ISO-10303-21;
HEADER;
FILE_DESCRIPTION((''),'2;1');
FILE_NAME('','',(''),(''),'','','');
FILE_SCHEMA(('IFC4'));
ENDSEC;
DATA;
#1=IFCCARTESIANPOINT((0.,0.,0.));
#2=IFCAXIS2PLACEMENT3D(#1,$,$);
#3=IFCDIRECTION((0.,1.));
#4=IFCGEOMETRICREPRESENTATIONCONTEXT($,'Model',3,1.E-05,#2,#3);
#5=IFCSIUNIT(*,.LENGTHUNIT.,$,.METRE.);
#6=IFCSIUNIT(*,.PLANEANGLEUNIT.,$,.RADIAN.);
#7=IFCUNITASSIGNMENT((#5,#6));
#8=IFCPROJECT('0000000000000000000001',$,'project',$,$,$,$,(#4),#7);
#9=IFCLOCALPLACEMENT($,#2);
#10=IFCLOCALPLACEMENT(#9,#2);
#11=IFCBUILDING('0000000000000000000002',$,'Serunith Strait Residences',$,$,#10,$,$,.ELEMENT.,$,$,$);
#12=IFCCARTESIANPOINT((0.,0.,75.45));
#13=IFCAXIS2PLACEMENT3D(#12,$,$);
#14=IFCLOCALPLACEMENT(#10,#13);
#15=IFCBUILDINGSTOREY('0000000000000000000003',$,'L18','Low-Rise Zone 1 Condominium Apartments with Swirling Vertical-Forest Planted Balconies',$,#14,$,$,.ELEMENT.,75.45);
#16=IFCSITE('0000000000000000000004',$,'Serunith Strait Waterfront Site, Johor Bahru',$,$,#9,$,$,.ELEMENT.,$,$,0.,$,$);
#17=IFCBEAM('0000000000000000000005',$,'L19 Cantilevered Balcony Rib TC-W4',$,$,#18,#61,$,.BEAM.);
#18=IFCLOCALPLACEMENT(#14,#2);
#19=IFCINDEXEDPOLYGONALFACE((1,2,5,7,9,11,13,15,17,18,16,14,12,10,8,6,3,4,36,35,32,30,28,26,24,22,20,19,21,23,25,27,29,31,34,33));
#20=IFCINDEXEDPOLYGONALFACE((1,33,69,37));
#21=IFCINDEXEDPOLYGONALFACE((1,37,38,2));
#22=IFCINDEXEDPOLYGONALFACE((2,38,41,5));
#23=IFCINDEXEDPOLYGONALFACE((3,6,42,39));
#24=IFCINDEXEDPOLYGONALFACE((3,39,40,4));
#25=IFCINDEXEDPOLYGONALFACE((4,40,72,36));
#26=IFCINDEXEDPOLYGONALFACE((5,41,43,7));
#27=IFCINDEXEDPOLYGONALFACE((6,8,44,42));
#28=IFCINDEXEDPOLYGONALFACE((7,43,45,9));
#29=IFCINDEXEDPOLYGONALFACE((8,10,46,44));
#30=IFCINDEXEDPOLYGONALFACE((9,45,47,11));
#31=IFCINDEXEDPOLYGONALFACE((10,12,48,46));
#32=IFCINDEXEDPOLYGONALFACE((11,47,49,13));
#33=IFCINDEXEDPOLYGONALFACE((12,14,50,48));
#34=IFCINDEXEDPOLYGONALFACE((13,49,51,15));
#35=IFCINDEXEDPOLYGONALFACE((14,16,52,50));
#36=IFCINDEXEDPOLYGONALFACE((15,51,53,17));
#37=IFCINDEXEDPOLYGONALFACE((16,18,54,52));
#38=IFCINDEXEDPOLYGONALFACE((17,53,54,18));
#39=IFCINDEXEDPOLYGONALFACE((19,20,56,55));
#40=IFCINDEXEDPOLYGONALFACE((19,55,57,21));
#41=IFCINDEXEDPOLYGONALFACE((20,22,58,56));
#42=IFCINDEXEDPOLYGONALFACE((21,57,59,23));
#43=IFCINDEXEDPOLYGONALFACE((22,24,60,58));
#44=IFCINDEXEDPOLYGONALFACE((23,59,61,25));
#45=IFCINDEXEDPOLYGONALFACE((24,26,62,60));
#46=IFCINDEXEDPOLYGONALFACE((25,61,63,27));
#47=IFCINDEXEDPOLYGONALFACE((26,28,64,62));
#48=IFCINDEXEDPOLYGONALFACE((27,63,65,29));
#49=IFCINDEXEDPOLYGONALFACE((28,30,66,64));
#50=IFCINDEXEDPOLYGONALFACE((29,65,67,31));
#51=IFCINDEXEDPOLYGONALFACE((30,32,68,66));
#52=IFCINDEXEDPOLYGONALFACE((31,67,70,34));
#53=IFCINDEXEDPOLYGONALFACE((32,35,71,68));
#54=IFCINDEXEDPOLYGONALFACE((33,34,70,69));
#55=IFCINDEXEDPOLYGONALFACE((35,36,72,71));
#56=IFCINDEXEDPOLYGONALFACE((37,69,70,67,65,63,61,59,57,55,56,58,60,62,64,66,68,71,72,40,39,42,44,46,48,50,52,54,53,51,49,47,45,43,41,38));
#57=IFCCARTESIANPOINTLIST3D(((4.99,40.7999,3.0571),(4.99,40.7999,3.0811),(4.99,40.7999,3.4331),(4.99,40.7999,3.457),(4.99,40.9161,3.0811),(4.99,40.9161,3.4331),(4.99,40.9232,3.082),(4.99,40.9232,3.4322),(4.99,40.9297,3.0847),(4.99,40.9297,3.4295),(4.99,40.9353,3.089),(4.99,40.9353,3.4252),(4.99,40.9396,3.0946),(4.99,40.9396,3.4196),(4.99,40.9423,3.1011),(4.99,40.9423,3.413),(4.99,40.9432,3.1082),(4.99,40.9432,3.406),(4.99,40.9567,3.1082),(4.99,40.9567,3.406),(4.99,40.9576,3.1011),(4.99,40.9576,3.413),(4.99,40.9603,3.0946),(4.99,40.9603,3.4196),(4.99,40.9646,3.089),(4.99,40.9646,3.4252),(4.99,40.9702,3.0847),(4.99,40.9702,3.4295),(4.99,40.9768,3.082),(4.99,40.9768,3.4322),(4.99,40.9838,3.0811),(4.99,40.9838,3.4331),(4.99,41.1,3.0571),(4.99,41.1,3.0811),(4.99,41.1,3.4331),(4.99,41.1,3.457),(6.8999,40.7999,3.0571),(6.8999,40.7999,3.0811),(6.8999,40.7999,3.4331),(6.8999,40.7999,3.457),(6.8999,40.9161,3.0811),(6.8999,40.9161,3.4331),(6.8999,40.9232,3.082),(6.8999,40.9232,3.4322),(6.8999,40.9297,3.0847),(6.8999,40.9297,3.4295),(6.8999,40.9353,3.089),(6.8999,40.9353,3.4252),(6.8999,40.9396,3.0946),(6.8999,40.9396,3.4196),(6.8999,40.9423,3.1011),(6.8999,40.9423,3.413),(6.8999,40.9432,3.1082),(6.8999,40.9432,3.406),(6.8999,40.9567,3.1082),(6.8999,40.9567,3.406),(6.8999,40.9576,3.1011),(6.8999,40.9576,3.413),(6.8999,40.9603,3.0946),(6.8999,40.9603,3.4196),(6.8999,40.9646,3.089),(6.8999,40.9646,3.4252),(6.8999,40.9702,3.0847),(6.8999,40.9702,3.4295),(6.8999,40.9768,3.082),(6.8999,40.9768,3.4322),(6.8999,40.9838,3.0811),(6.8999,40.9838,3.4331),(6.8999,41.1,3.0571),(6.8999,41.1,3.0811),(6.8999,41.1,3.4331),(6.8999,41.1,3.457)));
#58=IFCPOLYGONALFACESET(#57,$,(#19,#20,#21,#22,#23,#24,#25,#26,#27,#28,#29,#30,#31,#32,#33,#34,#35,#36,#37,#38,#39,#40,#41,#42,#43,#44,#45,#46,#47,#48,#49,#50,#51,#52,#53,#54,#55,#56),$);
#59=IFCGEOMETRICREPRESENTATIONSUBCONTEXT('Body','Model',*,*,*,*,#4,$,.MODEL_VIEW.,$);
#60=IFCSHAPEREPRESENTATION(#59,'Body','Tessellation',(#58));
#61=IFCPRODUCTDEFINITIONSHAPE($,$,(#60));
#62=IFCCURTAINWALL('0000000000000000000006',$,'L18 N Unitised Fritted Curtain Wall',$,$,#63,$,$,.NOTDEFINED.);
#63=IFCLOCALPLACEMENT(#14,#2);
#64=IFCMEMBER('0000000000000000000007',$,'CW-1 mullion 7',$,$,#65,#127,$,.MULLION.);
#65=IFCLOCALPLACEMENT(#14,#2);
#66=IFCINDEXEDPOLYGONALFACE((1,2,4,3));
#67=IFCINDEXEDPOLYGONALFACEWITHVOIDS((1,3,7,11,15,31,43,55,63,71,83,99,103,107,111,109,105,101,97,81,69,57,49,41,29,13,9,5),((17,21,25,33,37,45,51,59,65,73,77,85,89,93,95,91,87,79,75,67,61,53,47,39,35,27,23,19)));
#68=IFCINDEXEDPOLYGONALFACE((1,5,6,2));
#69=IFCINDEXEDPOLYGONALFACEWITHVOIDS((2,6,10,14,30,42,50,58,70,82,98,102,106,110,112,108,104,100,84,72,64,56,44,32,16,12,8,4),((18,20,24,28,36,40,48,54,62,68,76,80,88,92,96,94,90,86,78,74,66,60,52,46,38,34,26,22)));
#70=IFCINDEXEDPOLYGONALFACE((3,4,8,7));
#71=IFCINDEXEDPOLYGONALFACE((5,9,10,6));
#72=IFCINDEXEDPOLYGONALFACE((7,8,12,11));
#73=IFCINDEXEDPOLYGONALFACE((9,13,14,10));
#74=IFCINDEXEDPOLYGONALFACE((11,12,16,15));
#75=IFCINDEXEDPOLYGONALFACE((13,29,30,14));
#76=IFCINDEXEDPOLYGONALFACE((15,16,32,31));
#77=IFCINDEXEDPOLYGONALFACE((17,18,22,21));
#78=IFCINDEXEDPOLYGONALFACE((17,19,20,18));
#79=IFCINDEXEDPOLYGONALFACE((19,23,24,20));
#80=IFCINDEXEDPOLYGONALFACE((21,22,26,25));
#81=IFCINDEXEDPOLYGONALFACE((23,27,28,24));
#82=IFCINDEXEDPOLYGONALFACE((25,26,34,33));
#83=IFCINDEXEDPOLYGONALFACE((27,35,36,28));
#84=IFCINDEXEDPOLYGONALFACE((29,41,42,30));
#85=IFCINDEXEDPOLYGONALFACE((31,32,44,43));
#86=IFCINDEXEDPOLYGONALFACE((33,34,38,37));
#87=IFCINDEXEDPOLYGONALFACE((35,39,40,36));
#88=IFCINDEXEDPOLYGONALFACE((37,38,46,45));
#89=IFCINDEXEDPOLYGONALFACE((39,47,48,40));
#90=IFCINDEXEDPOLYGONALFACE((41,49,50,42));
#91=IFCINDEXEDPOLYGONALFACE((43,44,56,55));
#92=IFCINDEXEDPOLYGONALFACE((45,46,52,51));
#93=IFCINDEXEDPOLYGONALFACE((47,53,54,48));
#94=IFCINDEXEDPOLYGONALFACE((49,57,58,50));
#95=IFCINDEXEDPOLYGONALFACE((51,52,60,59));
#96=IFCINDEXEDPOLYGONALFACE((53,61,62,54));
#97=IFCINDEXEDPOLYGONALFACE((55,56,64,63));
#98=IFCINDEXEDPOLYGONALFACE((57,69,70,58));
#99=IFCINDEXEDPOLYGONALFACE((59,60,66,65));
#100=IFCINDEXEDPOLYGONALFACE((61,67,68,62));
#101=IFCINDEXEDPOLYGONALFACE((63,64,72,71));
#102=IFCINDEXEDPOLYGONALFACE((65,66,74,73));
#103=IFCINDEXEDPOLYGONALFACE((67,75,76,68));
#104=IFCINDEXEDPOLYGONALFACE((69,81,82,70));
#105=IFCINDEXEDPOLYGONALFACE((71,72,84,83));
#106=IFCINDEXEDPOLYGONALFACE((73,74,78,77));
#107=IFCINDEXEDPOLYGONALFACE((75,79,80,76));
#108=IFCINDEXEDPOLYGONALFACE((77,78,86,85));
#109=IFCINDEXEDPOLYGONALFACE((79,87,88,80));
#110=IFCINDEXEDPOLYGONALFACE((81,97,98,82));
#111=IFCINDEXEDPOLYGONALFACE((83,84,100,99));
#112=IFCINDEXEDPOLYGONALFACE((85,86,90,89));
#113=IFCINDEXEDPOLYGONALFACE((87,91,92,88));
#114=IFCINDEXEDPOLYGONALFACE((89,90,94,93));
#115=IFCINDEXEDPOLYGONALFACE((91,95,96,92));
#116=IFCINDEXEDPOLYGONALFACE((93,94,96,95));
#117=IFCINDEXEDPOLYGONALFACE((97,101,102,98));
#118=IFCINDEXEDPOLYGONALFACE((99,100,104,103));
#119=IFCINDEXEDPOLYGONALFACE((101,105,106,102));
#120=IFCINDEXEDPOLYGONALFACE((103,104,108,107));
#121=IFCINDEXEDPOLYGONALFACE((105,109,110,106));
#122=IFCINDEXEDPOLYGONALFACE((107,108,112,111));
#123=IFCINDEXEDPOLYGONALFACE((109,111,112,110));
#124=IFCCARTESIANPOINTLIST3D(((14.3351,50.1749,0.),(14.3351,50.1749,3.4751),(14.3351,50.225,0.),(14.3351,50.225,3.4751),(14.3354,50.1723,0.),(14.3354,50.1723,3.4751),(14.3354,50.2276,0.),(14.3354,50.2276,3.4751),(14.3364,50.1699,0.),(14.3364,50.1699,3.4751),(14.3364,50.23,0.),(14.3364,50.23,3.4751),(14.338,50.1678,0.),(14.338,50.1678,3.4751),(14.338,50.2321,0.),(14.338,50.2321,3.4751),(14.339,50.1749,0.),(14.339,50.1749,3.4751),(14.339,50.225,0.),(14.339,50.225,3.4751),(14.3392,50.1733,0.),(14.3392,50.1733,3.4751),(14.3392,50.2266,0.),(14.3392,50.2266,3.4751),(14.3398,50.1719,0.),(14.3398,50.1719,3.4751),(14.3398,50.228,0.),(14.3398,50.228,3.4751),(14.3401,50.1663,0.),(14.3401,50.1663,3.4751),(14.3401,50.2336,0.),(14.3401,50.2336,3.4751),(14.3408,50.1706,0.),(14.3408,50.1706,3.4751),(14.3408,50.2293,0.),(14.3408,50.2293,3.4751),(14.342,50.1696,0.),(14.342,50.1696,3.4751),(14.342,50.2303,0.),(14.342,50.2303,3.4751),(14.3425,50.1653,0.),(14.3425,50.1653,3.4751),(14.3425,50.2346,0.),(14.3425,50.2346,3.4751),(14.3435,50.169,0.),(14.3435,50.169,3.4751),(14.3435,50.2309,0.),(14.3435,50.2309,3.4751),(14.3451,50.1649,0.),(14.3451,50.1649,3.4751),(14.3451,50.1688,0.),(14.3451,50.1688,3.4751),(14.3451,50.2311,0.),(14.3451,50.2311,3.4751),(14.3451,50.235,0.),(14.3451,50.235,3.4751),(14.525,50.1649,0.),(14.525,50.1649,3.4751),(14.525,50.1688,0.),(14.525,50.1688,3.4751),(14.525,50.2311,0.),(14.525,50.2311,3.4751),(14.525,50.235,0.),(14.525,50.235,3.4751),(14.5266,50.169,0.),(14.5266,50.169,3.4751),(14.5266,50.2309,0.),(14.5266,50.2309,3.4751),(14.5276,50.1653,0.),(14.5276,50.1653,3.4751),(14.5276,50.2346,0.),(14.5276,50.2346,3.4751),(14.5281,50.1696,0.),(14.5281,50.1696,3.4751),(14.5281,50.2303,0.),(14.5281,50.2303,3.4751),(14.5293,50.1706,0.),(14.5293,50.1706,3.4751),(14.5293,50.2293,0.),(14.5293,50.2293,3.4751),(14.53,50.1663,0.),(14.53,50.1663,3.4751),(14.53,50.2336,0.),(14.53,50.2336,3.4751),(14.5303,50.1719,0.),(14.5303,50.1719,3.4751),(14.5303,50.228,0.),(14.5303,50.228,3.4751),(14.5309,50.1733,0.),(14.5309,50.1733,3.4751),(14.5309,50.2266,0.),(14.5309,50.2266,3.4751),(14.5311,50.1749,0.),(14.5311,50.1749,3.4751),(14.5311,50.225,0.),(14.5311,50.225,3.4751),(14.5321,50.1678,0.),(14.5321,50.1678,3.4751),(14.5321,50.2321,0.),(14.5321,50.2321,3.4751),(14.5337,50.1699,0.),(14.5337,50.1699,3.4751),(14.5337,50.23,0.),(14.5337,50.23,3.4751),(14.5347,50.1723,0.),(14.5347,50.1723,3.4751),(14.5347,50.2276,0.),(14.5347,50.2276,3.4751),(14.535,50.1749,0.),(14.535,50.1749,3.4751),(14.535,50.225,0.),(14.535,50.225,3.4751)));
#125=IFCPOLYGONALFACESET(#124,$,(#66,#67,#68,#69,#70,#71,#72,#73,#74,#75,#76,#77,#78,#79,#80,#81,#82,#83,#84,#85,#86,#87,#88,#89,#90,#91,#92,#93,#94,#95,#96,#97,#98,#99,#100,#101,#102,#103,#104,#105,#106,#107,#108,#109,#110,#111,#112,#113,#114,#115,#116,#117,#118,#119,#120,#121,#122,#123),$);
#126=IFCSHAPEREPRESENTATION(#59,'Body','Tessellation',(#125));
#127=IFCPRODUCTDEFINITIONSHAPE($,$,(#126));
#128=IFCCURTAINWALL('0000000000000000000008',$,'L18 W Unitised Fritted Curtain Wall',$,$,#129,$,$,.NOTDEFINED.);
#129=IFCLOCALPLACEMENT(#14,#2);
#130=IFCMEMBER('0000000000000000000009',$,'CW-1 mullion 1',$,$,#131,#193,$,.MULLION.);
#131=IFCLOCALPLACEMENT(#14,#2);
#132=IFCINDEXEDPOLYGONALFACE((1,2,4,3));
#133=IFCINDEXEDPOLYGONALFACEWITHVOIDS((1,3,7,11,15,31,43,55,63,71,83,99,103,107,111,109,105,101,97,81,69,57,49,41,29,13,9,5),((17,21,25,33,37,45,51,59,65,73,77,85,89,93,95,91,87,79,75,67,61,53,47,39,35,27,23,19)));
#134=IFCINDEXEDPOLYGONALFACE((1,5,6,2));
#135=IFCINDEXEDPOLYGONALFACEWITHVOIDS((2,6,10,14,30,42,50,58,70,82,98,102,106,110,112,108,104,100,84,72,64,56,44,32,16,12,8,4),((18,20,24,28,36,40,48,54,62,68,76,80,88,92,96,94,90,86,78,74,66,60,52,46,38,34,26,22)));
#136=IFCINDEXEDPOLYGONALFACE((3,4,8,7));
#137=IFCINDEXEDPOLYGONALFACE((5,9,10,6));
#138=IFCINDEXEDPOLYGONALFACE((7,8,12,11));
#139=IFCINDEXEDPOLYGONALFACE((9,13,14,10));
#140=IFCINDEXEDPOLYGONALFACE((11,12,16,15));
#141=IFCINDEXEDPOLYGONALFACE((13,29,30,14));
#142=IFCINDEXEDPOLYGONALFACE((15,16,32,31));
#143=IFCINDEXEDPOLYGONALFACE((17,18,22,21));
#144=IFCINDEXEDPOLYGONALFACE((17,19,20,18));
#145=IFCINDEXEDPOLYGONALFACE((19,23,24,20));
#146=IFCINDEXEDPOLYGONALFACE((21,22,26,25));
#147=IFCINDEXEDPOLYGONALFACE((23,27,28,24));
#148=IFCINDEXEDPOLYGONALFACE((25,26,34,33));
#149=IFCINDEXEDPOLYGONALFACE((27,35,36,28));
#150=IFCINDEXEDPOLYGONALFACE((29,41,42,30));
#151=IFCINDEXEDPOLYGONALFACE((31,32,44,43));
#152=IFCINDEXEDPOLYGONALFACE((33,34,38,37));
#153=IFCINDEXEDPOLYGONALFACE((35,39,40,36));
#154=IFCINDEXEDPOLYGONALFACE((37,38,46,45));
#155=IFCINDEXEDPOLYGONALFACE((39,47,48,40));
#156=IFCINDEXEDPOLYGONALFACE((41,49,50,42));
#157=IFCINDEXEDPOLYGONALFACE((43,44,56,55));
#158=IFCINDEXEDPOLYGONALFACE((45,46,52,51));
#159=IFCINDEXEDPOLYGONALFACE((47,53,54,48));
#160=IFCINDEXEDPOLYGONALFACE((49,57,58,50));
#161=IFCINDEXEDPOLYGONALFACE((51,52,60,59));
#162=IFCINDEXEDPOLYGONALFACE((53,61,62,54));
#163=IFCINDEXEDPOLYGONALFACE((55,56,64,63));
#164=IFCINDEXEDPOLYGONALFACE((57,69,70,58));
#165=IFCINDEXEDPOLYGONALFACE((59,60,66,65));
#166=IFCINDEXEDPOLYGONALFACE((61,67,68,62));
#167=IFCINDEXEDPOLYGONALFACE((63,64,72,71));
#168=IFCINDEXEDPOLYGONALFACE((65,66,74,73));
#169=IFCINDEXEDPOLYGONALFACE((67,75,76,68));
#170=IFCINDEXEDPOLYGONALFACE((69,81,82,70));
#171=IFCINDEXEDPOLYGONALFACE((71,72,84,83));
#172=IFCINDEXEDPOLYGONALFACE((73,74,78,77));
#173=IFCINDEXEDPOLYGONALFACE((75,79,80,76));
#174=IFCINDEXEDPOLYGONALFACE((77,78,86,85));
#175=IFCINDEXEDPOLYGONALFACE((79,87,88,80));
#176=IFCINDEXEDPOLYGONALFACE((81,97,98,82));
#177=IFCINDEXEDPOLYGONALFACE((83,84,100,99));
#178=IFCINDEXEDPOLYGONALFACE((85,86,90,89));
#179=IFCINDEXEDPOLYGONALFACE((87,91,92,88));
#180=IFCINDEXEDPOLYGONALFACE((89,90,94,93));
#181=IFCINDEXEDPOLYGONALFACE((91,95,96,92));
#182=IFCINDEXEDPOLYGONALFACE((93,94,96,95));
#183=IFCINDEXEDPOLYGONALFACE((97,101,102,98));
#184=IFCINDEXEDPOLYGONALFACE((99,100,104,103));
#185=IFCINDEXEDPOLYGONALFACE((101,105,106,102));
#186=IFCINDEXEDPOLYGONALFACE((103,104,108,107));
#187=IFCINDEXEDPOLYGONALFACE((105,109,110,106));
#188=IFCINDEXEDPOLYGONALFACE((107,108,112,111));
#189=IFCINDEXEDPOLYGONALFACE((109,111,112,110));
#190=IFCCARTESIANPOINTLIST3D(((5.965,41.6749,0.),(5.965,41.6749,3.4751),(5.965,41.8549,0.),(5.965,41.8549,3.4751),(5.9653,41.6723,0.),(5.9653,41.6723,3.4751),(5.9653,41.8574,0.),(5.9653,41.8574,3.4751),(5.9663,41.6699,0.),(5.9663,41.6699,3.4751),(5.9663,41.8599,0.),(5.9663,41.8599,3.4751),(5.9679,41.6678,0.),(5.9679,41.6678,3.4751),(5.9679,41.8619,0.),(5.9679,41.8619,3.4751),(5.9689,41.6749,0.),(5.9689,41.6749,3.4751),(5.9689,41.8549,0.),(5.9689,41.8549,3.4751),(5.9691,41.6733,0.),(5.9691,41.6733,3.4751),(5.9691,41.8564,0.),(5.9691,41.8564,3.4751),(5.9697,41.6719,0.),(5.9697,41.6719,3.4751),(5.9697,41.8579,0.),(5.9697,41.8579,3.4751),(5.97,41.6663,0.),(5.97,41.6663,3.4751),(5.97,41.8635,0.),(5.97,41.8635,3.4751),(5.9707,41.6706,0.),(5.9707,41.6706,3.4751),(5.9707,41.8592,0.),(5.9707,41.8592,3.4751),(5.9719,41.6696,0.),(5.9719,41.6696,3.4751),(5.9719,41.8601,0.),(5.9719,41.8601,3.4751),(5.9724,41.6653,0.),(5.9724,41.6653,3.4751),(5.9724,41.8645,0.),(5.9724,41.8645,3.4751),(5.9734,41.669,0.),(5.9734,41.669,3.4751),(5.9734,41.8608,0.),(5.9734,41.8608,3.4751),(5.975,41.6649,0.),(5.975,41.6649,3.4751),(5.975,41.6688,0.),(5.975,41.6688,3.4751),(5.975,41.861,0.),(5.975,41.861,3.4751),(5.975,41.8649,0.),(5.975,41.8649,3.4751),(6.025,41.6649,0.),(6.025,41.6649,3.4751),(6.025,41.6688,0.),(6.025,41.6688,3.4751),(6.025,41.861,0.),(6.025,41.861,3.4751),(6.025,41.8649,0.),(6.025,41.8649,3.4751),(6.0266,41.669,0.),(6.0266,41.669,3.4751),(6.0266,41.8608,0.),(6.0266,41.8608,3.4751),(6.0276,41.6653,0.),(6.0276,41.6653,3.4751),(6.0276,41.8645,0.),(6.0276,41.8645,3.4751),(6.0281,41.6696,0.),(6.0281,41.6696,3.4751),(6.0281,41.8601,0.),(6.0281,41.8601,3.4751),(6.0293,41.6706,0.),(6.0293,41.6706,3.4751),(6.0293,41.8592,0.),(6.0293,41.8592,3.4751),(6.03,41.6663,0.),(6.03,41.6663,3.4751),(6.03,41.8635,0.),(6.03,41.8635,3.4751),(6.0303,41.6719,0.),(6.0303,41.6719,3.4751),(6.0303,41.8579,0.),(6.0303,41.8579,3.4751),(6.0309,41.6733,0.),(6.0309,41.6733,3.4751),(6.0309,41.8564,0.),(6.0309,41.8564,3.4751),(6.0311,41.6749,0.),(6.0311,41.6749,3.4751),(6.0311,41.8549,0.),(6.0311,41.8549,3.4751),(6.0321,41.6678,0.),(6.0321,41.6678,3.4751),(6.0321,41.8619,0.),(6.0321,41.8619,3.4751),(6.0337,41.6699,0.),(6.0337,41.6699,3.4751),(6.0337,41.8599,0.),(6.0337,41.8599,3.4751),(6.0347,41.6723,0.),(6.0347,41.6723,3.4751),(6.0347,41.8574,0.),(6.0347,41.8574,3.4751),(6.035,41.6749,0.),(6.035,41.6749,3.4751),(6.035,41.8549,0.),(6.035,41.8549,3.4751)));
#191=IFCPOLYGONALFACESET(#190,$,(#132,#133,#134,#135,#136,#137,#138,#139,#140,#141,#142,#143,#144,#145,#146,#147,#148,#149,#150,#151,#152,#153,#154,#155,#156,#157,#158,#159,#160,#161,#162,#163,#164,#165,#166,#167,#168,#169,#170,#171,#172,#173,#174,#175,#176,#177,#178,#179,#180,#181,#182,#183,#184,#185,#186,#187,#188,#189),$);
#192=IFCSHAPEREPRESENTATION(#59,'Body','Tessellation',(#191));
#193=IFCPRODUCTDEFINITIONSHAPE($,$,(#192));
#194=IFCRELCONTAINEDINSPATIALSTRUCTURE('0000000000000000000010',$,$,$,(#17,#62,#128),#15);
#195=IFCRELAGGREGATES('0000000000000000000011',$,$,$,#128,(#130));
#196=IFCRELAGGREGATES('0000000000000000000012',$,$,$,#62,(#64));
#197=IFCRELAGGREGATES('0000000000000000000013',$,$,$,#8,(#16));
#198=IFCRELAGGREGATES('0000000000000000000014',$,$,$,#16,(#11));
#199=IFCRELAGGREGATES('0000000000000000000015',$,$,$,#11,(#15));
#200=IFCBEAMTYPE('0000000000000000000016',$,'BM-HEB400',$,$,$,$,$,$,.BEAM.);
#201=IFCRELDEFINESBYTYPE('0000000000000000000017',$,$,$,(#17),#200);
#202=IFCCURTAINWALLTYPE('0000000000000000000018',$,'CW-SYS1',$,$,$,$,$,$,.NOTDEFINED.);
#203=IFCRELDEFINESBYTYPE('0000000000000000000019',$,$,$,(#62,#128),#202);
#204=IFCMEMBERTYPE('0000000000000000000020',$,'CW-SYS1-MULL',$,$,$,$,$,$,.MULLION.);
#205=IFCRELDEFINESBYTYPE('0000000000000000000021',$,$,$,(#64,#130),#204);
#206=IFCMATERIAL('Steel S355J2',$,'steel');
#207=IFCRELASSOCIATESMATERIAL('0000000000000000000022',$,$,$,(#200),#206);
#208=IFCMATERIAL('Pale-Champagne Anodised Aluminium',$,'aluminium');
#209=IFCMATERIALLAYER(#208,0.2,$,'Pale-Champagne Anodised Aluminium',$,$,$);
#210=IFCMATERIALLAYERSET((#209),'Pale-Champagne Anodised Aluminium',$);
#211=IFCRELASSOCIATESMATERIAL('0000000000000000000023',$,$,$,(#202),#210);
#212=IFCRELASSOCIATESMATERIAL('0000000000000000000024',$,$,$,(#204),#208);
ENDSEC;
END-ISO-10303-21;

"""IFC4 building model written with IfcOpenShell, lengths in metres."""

from ifc_helpers import new_model, si_unit, direction, frame, origin, origin_2d, place, context, subcontext, project, spatial, hollow_rectangle, i_section, extrude, source, transform, mapped, material, layer, layer_set, material_profile, profile_set, type_object, element, aggregate, save


model = new_model("IFC4")

# Units and contexts
model_context = context("Model", 3, precision=1e-05, world=origin(), true_north=direction((0.0, 1.0)))
body_context = subcontext(model_context, "Body", "Model", "MODEL_VIEW")
ifc_project = project(units=[si_unit("LENGTHUNIT", "METRE"), si_unit("PLANEANGLEUNIT", "RADIAN")], contexts=[model_context])

# Site, building, storey
site_placement = place(None, origin())
site = spatial("IfcSite", under=ifc_project, at=site_placement, Name="Serunith Strait Waterfront Site, Johor Bahru", CompositionType="ELEMENT", RefElevation=0.0)
building_placement = place(site_placement, origin())
building = spatial("IfcBuilding", under=site, at=building_placement, Name="Serunith Strait Residences", CompositionType="ELEMENT")
storey_placement = place(building_placement, frame((0.0, 0.0, 75.45)))
storey = spatial("IfcBuildingStorey", under=building, at=storey_placement, Name="L18", Description="Low-Rise Zone 1 Condominium Apartments with Swirling Vertical-Forest Planted Balconies", CompositionType="ELEMENT", Elevation=75.45)

# Beam
ifc_material_1 = material(Name="Steel S355J2", Category="steel")
ifc_material_profile_1 = material_profile(ifc_material_1, i_section(OverallWidth=0.3, OverallDepth=0.3999, WebThickness=0.0134, FlangeThickness=0.0239, FilletRadius=0.0271, at=origin_2d()), Name="HEB 400")
ifc_profile_set_1 = profile_set([ifc_material_profile_1], Name="Steel S355J2")
beam_type_1 = type_object("IfcBeamType", Name="BM-HEB400", PredefinedType="BEAM", material=ifc_profile_set_1)
shared_shape_1 = source(origin(), body_context, "Body", "SweptSolid", [
    extrude(i_section(OverallWidth=0.3, OverallDepth=0.3999, WebThickness=0.0134, FlangeThickness=0.0239, FilletRadius=0.0271, at=origin_2d()), origin(), (0.0, 0.0, 1.0), 1.9099),
])
for number, where, z_axis, x_axis, name in (
    (1, (6.8999, 40.95, 3.2571), (-1.0, 0.0, 0.0), (0.0, -1.0, 0.0), "L19 Cantilevered Balcony Rib TC-W4"),
):
    element("IfcBeam", number, at=place(storey_placement, frame(where, z_axis=z_axis, x_axis=x_axis)), inside=storey, type_object=beam_type_1, Name=name, PredefinedType="BEAM", context=body_context, shape_type="MappedRepresentation", body=[
        mapped(shared_shape_1, transform((0.0, 0.0, 0.0), scale=1.0)),
    ])

# Curtain walls, members
ifc_material_2 = material(Name="Pale-Champagne Anodised Aluminium", Category="aluminium")
ifc_layer_1 = layer(ifc_material_2, 0.2, Name="Pale-Champagne Anodised Aluminium")
ifc_layer_set_1 = layer_set([ifc_layer_1], Name="Pale-Champagne Anodised Aluminium")
curtain_wall_type = type_object("IfcCurtainWallType", Name="CW-SYS1", PredefinedType="NOTDEFINED", material=ifc_layer_set_1)
curtain_wall_1_placement = place(storey_placement, origin())
curtain_wall_1 = element("IfcCurtainWall", 2, at=curtain_wall_1_placement, inside=storey, type_object=curtain_wall_type, Name="L18 N Unitised Fritted Curtain Wall", PredefinedType="NOTDEFINED")
ifc_material_profile_2 = material_profile(ifc_material_2, hollow_rectangle(XDim=0.0701, YDim=0.2, WallThickness=0.0039, InnerFilletRadius=0.0061, OuterFilletRadius=0.01, at=origin_2d()), Name="ALU 200x70x4")
ifc_profile_set_2 = profile_set([ifc_material_profile_2], Name="Pale-Champagne Anodised Aluminium")
member_type_1 = type_object("IfcMemberType", Name="CW-SYS1-MULL", PredefinedType="MULLION", material=ifc_profile_set_2)
shared_shape_2 = source(origin(), body_context, "Body", "SweptSolid", [
    extrude(hollow_rectangle(XDim=0.0701, YDim=0.2, WallThickness=0.0039, InnerFilletRadius=0.0061, OuterFilletRadius=0.01, at=origin_2d()), origin(), (0.0, 0.0, 1.0), 3.4751),
])
member_1_placement = place(storey_placement, frame((14.4351, 50.2, 0.0), z_axis=(0.0, 0.0, 1.0), x_axis=(0.0, -1.0, 0.0)))
member_1 = element("IfcMember", 3, at=member_1_placement, type_object=member_type_1, Name="CW-1 mullion 7", PredefinedType="MULLION", context=body_context, shape_type="MappedRepresentation", body=[
    mapped(shared_shape_2, transform((0.0, 0.0, 0.0), scale=1.0)),
])
curtain_wall_2_placement = place(storey_placement, origin())
curtain_wall_2 = element("IfcCurtainWall", 4, at=curtain_wall_2_placement, inside=storey, type_object=curtain_wall_type, Name="L18 W Unitised Fritted Curtain Wall", PredefinedType="NOTDEFINED")
member_2_placement = place(storey_placement, frame((6.0, 41.7649, 0.0), z_axis=(0.0, 0.0, 1.0), x_axis=(1.0, 0.0, 0.0)))
member_2 = element("IfcMember", 5, at=member_2_placement, type_object=member_type_1, Name="CW-1 mullion 1", PredefinedType="MULLION", context=body_context, shape_type="MappedRepresentation", body=[
    mapped(shared_shape_2, transform((0.0, 0.0, 0.0), scale=1.0)),
])

aggregate(curtain_wall_2, [member_2])

aggregate(curtain_wall_1, [member_1])

save(model, "model.ifc")
